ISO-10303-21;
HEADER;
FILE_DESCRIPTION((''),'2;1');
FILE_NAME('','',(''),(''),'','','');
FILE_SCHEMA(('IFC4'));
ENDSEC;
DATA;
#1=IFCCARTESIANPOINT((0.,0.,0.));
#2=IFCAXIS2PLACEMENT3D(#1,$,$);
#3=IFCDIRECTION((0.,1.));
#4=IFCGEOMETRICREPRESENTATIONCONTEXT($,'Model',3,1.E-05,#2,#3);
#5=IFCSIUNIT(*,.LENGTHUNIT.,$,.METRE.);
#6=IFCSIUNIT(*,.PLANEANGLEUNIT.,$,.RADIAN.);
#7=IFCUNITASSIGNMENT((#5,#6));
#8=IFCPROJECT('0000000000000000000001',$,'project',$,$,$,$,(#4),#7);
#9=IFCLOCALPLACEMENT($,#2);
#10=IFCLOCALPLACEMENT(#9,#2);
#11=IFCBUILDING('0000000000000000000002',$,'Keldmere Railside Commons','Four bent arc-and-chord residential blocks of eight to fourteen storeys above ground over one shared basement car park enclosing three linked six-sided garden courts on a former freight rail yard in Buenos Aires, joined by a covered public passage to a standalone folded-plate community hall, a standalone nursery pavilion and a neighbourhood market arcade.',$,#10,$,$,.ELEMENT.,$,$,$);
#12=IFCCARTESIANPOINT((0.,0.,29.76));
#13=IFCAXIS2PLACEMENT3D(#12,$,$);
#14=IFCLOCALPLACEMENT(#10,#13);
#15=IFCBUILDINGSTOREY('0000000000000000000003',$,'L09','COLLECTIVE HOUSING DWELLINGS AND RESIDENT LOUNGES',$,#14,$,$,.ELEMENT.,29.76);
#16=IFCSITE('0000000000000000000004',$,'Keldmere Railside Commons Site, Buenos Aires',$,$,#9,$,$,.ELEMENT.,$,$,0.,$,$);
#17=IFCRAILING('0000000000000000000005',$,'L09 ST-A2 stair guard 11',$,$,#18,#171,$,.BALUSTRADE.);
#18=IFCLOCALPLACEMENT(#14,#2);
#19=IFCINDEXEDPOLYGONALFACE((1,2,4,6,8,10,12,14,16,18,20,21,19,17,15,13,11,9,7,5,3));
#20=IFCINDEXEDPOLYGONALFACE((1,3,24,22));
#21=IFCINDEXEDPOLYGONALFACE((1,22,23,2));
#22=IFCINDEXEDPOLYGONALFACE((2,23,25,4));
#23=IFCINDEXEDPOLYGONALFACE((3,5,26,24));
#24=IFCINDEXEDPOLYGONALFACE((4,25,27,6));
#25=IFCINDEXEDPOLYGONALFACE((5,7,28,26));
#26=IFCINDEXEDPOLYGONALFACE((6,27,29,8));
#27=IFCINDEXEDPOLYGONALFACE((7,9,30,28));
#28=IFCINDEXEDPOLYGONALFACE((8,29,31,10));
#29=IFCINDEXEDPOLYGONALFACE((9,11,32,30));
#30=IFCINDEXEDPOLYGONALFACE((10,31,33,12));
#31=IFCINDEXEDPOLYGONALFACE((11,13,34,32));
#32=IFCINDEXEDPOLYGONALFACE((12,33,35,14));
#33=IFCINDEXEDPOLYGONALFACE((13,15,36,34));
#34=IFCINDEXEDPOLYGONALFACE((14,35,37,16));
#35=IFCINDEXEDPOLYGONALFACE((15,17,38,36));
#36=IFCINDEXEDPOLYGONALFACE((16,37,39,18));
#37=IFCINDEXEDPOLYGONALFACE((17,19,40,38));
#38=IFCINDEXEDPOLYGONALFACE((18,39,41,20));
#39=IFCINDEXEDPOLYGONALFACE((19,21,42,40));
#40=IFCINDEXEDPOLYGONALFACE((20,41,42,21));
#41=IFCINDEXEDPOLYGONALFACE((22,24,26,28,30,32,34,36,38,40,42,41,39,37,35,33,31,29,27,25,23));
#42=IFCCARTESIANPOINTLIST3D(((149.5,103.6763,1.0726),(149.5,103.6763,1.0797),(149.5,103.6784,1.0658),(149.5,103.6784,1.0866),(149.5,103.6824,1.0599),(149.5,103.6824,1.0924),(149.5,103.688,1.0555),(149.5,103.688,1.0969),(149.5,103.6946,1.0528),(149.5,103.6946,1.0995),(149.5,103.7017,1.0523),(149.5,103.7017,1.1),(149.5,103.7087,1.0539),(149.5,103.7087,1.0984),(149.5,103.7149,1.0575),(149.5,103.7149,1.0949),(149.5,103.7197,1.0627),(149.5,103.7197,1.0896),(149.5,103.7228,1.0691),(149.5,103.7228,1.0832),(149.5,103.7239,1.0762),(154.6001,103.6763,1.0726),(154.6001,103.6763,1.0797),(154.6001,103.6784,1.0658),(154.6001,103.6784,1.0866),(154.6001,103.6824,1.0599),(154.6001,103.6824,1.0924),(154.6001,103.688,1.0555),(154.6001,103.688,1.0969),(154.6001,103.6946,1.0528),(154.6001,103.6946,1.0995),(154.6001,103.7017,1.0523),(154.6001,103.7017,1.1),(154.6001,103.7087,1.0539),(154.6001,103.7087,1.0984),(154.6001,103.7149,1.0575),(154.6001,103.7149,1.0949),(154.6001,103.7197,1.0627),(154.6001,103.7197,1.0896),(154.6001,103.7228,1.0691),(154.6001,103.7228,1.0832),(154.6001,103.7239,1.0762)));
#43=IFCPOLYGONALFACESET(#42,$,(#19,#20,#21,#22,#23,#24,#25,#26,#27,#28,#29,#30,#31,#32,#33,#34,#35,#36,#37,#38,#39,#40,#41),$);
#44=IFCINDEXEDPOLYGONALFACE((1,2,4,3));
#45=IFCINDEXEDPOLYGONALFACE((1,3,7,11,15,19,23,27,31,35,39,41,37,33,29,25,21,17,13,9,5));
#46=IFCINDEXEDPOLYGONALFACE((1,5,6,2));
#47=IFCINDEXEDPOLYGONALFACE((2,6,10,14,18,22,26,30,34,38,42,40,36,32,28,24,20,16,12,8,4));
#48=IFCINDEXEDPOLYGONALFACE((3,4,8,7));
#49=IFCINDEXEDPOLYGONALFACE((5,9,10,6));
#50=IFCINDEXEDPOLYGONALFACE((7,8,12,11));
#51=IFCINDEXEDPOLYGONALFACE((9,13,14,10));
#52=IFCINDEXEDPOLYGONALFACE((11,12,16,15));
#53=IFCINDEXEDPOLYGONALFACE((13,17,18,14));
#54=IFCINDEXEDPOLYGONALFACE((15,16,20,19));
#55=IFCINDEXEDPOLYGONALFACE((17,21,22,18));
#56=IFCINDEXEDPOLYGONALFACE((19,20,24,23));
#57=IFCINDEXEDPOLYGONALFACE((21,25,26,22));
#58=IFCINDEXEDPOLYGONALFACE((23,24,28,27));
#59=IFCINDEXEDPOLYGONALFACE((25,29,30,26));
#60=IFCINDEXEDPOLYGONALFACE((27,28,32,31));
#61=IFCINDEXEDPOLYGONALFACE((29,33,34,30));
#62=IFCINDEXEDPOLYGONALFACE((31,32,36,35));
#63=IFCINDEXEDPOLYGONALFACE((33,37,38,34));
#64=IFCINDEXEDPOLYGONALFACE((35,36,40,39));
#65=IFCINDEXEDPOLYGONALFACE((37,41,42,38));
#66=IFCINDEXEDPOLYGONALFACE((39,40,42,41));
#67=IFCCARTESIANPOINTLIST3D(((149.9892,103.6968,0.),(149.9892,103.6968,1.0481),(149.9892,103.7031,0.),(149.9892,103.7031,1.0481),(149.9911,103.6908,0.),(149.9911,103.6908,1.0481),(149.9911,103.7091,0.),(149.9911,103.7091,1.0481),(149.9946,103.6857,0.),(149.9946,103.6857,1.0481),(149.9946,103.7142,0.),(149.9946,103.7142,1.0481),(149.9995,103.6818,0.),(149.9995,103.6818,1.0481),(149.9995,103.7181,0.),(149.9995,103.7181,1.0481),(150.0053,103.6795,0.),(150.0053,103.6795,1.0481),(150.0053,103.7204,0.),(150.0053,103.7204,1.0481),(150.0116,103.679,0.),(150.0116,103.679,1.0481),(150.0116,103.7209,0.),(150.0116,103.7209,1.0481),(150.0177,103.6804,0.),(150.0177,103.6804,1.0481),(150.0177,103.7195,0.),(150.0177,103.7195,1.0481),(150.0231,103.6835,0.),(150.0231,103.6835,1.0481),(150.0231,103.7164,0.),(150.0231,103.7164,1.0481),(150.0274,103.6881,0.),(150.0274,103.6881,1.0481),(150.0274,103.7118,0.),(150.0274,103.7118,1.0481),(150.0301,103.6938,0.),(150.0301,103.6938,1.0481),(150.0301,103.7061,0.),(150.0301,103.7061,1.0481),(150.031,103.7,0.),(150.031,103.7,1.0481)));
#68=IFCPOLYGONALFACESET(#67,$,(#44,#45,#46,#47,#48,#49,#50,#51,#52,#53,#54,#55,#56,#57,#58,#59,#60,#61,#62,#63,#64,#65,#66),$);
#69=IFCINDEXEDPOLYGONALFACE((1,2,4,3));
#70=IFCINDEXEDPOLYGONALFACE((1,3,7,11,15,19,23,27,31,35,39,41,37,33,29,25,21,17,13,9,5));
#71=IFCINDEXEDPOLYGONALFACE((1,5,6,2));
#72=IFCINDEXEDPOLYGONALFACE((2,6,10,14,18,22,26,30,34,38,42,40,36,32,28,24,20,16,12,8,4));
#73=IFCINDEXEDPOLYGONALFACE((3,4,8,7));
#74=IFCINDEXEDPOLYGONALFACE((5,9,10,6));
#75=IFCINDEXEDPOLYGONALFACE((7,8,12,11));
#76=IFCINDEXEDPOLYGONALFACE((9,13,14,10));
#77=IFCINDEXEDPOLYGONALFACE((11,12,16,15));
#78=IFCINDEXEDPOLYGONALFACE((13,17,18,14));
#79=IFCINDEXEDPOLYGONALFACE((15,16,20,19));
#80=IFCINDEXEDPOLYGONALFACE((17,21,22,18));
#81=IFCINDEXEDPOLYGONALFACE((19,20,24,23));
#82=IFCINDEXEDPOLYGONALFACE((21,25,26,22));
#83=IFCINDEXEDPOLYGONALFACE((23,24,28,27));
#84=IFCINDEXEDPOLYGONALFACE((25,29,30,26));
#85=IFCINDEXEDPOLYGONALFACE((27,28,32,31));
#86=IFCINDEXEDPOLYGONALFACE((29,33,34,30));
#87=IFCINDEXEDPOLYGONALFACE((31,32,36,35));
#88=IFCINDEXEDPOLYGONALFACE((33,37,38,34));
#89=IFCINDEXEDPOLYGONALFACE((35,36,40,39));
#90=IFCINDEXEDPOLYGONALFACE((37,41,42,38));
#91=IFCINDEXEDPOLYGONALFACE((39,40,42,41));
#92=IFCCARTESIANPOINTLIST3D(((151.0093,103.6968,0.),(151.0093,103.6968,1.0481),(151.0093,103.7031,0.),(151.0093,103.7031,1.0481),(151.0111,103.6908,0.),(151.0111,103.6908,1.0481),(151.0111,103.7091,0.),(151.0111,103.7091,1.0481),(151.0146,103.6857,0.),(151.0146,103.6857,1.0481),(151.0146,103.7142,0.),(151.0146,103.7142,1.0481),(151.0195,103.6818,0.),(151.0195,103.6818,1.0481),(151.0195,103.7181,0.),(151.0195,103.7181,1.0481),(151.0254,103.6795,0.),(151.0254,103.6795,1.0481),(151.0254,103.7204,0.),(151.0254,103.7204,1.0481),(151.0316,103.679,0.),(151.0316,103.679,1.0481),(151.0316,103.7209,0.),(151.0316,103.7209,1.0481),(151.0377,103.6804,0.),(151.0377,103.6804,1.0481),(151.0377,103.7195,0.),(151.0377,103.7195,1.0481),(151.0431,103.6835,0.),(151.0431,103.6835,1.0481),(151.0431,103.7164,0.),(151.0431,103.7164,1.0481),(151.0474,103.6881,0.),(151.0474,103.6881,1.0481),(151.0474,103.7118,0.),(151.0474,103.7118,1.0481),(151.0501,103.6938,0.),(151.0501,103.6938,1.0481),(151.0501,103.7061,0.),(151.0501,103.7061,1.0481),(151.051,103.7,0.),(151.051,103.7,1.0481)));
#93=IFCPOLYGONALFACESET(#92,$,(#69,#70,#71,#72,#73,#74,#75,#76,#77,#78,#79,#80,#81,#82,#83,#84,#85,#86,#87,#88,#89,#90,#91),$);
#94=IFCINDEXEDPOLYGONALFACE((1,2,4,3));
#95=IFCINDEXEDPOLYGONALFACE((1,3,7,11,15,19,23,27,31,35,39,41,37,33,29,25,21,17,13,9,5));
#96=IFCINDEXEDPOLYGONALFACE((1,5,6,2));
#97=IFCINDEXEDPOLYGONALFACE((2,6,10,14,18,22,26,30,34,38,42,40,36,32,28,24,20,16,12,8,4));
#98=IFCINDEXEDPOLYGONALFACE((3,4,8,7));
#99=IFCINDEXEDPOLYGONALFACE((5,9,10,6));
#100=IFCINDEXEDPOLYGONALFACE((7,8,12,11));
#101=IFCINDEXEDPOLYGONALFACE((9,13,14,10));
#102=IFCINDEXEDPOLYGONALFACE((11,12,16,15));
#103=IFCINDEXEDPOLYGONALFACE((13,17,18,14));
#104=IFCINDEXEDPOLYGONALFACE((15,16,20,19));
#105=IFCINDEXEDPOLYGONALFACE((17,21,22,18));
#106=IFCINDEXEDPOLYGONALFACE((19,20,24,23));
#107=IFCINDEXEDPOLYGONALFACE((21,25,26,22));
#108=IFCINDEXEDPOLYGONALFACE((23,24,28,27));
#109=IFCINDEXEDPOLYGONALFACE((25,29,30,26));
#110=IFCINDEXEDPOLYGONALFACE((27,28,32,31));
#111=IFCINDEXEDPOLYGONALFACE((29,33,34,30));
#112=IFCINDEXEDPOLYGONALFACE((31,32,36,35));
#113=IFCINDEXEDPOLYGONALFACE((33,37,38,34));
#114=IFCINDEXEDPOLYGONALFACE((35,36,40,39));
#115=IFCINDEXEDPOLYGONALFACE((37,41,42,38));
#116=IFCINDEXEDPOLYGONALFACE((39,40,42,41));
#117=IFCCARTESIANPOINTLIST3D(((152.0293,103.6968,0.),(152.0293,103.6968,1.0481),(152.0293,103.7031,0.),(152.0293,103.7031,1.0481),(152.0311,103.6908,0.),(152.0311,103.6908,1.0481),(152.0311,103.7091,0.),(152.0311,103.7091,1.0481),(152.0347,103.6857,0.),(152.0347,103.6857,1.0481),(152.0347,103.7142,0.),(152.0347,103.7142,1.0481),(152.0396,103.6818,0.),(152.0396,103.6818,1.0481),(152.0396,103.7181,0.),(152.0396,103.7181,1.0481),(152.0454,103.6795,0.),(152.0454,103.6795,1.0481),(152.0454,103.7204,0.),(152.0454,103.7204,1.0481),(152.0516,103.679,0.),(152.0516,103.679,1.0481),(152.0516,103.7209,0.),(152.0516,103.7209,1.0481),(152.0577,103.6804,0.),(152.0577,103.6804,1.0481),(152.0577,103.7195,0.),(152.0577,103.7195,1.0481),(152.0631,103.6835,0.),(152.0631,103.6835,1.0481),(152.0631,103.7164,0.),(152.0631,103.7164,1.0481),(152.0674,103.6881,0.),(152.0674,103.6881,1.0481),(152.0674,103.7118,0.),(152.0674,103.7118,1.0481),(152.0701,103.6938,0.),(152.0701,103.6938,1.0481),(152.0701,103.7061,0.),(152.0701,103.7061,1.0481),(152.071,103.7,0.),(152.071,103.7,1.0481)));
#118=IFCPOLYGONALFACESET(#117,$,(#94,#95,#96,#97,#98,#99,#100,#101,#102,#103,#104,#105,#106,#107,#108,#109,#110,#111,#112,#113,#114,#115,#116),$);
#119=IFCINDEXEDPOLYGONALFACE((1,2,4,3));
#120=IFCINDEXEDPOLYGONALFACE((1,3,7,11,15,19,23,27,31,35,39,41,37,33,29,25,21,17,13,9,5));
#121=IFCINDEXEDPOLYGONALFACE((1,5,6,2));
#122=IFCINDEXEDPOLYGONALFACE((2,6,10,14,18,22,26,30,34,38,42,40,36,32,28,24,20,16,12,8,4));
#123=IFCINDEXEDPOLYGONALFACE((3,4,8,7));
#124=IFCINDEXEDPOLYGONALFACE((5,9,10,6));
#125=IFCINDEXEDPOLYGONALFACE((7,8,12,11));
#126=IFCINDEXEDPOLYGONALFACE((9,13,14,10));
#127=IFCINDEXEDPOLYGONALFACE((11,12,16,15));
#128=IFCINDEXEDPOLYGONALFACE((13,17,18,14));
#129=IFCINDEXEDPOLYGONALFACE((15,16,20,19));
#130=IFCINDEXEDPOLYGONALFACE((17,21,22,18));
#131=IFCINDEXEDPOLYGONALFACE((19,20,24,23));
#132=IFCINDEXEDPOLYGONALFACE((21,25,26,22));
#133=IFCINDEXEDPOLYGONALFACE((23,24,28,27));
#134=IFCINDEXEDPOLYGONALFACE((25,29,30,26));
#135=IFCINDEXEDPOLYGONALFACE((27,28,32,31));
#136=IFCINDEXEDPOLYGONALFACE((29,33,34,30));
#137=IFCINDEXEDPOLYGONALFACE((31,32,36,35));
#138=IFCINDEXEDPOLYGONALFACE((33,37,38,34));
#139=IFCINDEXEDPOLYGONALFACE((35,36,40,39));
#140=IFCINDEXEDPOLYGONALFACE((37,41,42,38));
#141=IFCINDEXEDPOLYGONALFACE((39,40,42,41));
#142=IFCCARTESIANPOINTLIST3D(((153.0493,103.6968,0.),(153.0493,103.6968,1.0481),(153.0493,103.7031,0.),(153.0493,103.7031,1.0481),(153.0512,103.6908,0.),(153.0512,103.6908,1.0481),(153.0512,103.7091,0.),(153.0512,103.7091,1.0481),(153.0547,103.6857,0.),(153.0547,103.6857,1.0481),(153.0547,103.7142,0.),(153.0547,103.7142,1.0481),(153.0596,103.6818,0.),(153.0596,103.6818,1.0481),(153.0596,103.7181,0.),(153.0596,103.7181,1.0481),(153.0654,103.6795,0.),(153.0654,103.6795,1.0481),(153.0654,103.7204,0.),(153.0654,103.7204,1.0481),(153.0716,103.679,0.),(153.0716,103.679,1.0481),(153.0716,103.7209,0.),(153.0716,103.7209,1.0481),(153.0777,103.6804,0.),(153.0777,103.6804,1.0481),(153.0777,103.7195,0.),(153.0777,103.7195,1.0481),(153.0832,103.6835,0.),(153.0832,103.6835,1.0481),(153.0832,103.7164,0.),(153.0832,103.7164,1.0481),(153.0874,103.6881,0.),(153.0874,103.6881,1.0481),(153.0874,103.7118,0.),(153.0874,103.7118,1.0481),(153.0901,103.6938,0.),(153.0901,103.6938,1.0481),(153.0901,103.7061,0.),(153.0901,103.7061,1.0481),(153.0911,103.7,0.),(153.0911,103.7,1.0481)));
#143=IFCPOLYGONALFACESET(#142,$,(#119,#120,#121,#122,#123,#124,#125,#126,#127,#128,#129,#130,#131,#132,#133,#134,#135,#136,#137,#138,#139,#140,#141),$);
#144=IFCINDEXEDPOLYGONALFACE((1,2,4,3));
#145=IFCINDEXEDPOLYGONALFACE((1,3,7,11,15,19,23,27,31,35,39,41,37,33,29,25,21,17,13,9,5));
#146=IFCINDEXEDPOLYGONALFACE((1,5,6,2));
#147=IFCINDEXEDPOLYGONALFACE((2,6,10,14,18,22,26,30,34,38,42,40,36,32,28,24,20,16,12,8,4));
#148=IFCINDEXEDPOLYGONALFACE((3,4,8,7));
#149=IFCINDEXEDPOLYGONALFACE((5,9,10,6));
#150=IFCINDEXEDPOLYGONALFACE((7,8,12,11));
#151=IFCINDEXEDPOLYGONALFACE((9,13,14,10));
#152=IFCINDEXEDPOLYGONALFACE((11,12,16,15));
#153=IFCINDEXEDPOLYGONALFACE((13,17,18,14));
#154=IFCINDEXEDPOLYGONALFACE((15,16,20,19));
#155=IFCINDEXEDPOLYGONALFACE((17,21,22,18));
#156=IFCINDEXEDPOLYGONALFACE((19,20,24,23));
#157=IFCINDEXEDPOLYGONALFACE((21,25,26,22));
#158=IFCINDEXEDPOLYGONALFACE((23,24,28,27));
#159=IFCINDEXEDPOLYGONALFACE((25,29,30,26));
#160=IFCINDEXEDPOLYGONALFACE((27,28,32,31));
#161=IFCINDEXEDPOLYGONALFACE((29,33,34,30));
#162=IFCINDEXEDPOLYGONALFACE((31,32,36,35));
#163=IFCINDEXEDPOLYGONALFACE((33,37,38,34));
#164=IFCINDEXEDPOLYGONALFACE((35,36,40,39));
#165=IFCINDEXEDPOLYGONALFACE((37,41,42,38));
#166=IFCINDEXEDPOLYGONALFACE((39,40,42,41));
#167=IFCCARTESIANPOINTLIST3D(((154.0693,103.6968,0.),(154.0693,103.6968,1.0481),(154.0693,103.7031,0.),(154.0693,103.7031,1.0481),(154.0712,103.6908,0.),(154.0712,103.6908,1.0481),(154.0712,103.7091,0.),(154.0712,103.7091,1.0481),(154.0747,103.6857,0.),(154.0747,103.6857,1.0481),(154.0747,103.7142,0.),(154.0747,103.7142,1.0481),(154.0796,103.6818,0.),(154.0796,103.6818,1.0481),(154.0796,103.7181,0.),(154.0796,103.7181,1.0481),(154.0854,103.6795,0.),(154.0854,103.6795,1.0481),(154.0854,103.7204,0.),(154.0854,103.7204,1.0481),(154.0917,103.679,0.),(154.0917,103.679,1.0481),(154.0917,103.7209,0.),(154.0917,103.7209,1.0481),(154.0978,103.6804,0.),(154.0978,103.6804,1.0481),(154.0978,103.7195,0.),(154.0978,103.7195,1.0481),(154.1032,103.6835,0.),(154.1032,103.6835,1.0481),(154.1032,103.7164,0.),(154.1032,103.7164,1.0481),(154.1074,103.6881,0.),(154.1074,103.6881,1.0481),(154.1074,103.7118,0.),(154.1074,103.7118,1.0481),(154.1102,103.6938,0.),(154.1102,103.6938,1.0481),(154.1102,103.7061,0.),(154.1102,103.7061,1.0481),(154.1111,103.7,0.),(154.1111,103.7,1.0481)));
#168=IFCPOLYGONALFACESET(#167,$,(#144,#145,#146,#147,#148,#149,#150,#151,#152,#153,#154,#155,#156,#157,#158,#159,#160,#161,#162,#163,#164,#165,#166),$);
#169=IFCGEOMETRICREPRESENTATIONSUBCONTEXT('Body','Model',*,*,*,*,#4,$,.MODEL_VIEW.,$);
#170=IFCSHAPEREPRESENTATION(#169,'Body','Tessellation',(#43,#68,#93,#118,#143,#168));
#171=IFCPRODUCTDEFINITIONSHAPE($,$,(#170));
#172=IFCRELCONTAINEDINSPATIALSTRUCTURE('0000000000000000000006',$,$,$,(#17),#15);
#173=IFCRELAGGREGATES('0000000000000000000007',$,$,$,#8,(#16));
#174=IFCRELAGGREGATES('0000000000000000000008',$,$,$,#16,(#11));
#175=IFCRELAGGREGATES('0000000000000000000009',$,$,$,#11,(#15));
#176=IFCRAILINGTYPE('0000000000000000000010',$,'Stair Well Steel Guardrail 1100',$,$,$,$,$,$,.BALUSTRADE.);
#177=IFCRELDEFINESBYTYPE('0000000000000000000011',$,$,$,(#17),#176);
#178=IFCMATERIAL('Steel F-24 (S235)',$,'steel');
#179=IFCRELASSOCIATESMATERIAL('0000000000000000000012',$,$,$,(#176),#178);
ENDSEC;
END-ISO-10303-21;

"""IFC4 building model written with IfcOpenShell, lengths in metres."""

from ifc_helpers import new_model, si_unit, direction, frame, origin, origin_2d, place, context, subcontext, project, spatial, circle, extrude, material, type_object, element, save


model = new_model("IFC4")

# Units and contexts
model_context = context("Model", 3, precision=1e-05, world=origin(), true_north=direction((0.0, 1.0)))
body_context = subcontext(model_context, "Body", "Model", "MODEL_VIEW")
ifc_project = project(units=[si_unit("LENGTHUNIT", "METRE"), si_unit("PLANEANGLEUNIT", "RADIAN")], contexts=[model_context])

# Site, building, storey
site_placement = place(None, origin())
site = spatial("IfcSite", under=ifc_project, at=site_placement, Name="Keldmere Railside Commons Site, Buenos Aires", CompositionType="ELEMENT", RefElevation=0.0)
building_placement = place(site_placement, origin())
building = spatial("IfcBuilding", under=site, at=building_placement, Name="Keldmere Railside Commons", Description="Four bent arc-and-chord residential blocks of eight to fourteen storeys above ground over one shared basement car park enclosing three linked six-sided garden courts on a former freight rail yard in Buenos Aires, joined by a covered public passage to a standalone folded-plate community hall, a standalone nursery pavilion and a neighbourhood market arcade.", CompositionType="ELEMENT")
storey_placement = place(building_placement, frame((0.0, 0.0, 29.76)))
storey = spatial("IfcBuildingStorey", under=building, at=storey_placement, Name="L09", Description="COLLECTIVE HOUSING DWELLINGS AND RESIDENT LOUNGES", CompositionType="ELEMENT", Elevation=29.76)

# Railing
ifc_material_1 = material(Name="Steel F-24 (S235)", Category="steel")
railing_type_1 = type_object("IfcRailingType", Name="Stair Well Steel Guardrail 1100", PredefinedType="BALUSTRADE", material=ifc_material_1)
for number, where, name in (
    (1, (149.5, 103.7, 0.0), "L09 ST-A2 stair guard 11"),
):
    element("IfcRailing", number, at=place(storey_placement, frame(where)), inside=storey, type_object=railing_type_1, Name=name, PredefinedType="BALUSTRADE", context=body_context, shape_type="SweptSolid", body=[
        extrude(circle(Radius=0.0239, at=origin_2d()), frame((0.0, 0.0, 1.0762), z_axis=(1.0, 0.0, 0.0), x_axis=(0.0, 1.0, 0.0)), (0.0, 0.0, 1.0), 5.1001),
        extrude(circle(Radius=0.021, at=origin_2d()), frame((0.51, 0.0, 0.0)), (0.0, 0.0, 1.0), 1.0481),
        extrude(circle(Radius=0.021, at=origin_2d()), frame((1.53, 0.0, 0.0)), (0.0, 0.0, 1.0), 1.0481),
        extrude(circle(Radius=0.021, at=origin_2d()), frame((2.55, 0.0, 0.0)), (0.0, 0.0, 1.0), 1.0481),
        extrude(circle(Radius=0.021, at=origin_2d()), frame((3.5701, 0.0, 0.0)), (0.0, 0.0, 1.0), 1.0481),
        extrude(circle(Radius=0.021, at=origin_2d()), frame((4.5901, 0.0, 0.0)), (0.0, 0.0, 1.0), 1.0481),
    ])

save(model, "model.ifc")
